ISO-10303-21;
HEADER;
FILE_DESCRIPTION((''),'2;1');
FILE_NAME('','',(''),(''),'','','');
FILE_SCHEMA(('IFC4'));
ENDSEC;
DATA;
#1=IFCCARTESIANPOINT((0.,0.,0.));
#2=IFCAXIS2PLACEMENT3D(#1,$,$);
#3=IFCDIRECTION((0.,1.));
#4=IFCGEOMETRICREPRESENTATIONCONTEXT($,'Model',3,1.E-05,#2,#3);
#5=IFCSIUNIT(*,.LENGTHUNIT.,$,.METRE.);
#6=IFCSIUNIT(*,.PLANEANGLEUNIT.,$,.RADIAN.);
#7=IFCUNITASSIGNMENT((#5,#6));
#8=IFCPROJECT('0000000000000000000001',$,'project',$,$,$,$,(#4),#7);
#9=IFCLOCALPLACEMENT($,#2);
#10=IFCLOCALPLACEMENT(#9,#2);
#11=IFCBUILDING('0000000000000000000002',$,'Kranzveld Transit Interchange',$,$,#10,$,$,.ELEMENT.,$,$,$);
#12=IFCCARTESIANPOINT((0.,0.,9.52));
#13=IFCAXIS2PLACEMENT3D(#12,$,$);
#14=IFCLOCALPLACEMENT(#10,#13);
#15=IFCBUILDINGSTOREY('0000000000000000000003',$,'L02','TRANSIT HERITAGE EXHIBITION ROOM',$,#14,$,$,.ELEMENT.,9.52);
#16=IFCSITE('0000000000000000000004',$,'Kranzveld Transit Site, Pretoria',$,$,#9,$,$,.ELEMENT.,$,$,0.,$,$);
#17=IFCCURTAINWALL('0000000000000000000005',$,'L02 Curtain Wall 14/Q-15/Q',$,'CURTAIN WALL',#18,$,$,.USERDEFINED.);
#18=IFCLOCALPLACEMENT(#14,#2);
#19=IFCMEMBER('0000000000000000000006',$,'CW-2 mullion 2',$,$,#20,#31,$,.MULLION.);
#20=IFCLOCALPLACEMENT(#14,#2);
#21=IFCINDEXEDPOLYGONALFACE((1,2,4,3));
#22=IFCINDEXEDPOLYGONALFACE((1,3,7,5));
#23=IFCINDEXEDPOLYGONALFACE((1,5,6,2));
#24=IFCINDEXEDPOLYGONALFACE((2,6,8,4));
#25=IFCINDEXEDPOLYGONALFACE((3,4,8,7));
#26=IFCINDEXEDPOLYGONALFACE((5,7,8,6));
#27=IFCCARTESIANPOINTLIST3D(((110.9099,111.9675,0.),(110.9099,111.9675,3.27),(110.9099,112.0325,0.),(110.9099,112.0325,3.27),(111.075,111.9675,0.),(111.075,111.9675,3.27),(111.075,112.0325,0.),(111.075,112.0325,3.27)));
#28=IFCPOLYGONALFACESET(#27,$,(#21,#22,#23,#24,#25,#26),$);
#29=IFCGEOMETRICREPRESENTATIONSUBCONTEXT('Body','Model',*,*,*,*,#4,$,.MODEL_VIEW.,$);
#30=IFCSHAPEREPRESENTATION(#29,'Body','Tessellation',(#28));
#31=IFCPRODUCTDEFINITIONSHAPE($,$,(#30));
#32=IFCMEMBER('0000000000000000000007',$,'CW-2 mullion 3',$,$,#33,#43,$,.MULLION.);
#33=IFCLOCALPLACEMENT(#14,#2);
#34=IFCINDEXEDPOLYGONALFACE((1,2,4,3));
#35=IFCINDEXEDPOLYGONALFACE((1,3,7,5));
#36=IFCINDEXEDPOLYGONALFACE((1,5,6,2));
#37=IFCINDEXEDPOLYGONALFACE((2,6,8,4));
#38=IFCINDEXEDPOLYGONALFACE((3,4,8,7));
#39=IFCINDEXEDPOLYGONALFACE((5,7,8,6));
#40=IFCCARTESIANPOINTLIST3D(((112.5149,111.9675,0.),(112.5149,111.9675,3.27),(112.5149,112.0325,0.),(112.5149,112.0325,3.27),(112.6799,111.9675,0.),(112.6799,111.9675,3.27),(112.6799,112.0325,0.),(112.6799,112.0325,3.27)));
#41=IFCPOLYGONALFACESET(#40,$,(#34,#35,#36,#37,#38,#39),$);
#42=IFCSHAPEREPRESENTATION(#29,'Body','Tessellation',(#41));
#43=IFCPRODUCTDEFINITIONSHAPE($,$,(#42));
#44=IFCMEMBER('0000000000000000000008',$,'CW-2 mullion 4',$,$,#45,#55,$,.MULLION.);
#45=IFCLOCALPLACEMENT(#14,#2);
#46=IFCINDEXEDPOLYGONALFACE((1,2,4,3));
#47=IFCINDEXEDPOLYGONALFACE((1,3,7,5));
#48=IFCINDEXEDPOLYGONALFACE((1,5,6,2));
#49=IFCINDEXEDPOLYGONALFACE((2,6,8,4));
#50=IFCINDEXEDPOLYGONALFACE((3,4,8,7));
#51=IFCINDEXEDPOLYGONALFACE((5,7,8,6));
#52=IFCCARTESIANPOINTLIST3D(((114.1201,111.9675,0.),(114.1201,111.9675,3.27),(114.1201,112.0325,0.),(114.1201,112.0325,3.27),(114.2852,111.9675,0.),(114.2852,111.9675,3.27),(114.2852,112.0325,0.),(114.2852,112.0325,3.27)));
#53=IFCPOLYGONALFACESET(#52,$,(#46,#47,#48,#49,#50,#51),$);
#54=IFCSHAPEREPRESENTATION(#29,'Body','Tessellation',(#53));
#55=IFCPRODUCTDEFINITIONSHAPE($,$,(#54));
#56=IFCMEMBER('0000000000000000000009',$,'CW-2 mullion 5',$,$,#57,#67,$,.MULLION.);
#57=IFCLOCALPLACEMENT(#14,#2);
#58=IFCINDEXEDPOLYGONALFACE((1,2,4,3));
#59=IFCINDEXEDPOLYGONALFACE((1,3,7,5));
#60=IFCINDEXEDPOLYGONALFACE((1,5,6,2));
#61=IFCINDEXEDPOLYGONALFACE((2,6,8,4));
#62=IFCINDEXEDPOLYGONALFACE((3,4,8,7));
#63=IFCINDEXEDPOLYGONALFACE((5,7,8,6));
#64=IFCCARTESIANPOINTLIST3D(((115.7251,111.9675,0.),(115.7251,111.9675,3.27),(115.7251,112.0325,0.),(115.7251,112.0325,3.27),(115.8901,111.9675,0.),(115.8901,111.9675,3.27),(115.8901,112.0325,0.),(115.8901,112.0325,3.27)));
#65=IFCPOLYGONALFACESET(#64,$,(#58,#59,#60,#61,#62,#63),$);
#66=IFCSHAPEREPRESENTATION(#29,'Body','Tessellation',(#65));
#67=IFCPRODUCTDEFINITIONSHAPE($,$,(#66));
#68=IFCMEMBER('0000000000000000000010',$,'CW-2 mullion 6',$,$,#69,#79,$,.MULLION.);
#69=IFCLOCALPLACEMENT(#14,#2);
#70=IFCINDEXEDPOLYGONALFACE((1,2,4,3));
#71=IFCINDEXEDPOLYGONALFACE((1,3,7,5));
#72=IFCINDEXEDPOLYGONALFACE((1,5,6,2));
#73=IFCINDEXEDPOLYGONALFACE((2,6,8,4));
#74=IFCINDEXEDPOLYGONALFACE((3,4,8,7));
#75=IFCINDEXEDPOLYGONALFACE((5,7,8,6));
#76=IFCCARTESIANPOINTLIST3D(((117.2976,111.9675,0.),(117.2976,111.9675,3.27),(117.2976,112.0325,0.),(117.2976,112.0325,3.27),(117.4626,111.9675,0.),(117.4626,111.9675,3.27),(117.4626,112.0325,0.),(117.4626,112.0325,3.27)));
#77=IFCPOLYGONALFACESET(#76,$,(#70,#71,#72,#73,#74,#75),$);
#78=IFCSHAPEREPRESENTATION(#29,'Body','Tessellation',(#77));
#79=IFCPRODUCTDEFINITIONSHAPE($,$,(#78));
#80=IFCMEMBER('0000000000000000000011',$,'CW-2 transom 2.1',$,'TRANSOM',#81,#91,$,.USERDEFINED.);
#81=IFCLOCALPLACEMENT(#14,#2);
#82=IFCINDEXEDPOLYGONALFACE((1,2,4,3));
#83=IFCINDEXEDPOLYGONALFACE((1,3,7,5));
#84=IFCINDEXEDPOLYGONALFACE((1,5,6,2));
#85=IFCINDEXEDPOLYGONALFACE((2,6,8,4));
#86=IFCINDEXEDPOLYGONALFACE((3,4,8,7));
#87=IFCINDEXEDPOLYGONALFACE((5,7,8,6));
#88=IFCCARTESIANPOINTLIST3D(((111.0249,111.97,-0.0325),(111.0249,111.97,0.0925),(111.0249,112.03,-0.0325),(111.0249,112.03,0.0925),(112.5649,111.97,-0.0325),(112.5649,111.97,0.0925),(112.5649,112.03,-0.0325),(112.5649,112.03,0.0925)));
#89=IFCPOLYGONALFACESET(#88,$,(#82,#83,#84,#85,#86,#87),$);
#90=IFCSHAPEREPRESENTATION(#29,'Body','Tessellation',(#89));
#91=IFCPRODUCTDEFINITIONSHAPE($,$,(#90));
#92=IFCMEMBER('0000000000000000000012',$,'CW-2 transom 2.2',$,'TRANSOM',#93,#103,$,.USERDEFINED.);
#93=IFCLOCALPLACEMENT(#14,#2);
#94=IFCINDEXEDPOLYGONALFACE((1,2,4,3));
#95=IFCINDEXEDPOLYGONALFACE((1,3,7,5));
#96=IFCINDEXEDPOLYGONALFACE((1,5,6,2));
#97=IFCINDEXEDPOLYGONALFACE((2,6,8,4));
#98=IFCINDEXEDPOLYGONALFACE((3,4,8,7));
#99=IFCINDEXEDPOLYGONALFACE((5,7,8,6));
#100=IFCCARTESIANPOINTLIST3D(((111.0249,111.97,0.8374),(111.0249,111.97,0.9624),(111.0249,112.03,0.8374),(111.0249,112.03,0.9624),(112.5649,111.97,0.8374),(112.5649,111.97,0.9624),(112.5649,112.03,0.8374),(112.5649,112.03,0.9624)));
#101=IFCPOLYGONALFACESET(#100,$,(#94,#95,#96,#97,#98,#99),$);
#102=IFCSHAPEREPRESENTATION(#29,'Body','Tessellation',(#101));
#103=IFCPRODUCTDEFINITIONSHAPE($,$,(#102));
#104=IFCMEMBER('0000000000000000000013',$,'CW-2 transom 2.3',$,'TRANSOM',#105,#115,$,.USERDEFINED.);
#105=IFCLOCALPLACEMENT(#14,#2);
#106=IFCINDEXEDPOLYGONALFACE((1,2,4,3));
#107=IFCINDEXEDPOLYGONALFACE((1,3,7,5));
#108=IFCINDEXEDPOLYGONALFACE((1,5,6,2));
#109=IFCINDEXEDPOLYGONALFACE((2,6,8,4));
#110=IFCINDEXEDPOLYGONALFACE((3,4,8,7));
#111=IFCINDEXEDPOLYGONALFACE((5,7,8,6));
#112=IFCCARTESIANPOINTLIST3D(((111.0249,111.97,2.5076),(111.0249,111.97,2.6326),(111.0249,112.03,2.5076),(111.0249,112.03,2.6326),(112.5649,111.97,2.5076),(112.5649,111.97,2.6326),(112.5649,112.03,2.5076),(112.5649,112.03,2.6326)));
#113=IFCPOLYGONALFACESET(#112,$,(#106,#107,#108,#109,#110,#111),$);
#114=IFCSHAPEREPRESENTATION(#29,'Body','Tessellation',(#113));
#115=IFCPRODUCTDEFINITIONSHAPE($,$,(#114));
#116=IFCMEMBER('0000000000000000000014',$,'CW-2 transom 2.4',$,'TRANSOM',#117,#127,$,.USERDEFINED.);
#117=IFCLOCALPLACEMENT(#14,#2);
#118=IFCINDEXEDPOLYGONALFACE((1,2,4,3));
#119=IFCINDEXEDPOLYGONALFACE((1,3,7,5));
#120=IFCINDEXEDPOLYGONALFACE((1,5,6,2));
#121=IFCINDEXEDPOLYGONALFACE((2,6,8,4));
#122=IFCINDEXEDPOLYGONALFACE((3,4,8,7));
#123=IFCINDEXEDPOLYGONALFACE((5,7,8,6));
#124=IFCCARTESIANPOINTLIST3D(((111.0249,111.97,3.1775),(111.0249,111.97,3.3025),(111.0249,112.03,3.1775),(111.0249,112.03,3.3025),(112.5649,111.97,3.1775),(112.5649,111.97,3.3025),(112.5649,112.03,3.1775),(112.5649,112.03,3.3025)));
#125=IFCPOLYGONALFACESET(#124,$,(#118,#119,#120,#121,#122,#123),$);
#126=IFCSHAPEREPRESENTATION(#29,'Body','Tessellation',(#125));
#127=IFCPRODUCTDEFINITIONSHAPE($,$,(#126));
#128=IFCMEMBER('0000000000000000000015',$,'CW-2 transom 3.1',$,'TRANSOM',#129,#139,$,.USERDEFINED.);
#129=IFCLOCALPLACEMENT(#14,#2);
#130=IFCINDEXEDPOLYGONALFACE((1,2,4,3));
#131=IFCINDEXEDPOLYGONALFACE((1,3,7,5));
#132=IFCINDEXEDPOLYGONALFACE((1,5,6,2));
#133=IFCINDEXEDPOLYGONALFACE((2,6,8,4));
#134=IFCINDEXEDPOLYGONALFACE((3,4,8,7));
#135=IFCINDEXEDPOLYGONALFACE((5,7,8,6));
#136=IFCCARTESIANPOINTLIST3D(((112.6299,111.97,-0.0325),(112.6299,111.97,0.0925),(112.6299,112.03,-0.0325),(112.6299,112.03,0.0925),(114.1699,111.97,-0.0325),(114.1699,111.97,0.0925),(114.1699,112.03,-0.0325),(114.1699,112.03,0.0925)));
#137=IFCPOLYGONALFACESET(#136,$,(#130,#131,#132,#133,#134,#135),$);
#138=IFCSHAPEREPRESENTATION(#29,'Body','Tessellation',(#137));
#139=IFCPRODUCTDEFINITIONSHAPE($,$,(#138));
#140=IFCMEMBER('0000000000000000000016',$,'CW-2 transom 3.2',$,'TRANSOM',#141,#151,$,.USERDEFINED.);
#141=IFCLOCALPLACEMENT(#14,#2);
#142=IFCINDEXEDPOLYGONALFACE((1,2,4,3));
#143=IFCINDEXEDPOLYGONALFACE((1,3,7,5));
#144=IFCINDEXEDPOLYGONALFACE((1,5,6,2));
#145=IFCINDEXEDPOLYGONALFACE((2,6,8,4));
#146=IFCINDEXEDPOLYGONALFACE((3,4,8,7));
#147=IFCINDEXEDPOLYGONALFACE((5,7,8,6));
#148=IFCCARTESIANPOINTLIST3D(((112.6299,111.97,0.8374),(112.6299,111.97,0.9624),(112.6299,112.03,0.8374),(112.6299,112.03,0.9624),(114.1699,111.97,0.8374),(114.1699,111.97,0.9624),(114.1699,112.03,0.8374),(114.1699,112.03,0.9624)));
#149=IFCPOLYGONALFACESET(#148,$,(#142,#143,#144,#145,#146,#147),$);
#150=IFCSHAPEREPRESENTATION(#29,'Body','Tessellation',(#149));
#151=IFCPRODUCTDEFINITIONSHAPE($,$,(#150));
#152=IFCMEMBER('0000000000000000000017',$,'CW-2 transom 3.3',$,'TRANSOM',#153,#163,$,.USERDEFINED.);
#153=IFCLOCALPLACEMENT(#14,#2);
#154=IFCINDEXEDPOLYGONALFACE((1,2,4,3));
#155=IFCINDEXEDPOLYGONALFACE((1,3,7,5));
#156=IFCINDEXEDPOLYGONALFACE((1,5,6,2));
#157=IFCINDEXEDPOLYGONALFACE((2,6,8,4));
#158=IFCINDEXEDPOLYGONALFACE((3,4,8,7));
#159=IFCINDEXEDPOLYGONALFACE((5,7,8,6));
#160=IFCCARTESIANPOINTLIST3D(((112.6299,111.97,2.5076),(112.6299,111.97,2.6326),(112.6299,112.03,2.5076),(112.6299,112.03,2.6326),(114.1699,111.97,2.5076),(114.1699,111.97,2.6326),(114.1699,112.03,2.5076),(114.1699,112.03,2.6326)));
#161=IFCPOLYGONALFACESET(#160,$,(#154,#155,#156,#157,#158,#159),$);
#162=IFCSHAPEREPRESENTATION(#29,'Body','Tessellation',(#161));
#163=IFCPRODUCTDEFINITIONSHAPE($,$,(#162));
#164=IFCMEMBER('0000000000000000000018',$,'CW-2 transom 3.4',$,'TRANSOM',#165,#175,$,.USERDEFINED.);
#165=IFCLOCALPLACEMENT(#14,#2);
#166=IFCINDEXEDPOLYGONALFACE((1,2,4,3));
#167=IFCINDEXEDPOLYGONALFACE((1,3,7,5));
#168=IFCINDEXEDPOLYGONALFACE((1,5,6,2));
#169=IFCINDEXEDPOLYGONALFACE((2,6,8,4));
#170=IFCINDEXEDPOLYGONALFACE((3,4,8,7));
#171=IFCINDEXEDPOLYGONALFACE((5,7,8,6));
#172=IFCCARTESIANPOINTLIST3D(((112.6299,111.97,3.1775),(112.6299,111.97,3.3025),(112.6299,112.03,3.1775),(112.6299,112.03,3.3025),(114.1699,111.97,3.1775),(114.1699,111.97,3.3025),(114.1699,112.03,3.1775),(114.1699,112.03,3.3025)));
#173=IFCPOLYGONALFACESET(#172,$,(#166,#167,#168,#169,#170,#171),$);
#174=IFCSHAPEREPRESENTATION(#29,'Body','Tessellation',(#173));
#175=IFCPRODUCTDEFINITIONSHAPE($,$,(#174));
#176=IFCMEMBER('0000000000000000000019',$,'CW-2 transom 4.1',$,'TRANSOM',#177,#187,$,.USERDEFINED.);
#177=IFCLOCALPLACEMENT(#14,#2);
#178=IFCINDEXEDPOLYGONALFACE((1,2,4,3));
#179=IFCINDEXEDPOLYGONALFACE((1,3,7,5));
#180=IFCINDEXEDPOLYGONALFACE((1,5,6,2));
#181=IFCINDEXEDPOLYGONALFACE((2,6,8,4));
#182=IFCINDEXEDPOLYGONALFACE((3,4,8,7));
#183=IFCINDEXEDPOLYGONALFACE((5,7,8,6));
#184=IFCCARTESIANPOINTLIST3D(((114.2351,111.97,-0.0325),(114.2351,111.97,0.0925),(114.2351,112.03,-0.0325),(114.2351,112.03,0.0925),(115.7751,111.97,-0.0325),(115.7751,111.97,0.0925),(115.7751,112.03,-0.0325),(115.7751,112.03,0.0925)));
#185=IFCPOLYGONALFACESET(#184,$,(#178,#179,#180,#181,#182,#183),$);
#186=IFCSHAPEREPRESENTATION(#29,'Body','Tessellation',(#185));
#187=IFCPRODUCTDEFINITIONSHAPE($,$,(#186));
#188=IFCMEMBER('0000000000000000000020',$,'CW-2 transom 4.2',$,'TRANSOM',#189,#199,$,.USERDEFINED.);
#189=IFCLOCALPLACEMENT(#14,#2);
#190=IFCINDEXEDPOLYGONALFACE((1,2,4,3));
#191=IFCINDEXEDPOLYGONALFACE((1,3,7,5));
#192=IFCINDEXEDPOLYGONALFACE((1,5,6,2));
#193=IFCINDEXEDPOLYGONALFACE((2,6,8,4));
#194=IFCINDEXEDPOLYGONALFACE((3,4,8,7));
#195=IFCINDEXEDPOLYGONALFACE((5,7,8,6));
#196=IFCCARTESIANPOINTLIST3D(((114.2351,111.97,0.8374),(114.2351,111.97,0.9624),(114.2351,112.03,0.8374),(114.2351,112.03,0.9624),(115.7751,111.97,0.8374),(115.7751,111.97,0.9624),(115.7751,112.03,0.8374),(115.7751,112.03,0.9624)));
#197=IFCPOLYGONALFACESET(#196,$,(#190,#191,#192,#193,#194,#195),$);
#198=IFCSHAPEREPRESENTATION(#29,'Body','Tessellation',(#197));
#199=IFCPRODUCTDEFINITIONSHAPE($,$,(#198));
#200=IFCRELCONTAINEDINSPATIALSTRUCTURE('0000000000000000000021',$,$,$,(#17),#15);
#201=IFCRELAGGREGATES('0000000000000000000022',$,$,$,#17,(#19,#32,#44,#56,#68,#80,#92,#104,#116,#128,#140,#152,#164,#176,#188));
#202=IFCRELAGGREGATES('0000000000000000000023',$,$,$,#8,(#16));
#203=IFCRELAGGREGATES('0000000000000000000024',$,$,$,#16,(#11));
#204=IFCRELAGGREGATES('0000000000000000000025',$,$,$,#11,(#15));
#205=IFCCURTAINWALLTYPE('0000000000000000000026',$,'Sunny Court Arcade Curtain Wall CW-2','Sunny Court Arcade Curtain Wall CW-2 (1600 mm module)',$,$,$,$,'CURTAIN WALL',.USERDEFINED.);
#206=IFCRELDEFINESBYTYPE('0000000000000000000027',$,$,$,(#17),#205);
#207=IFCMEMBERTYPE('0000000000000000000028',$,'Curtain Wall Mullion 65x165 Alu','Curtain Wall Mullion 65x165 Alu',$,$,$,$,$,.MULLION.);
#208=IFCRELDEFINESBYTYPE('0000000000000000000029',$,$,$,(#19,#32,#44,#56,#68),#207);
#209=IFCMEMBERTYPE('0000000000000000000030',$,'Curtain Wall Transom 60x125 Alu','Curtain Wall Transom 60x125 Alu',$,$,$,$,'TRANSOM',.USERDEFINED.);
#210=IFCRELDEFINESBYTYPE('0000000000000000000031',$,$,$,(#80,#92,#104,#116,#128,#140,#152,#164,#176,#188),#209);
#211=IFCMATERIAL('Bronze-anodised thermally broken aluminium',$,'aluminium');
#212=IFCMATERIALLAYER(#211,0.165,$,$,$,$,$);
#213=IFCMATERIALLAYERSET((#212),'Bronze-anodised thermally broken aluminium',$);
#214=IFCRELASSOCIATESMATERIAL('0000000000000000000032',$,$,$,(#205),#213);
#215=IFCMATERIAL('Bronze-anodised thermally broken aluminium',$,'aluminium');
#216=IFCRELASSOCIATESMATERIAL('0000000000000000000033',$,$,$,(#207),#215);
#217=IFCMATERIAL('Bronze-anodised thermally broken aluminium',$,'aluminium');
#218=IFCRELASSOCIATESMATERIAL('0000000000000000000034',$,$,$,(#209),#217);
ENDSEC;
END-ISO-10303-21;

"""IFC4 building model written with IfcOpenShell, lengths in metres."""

from ifc_helpers import new_model, si_unit, direction, frame, origin, origin_2d, place, context, subcontext, project, spatial, rectangle, extrude, material, layer, layer_set, material_profile, profile_set, type_object, element, aggregate, save


model = new_model("IFC4")

# Units and contexts
model_context = context("Model", 3, precision=1e-05, world=origin(), true_north=direction((0.0, 1.0)))
body_context = subcontext(model_context, "Body", "Model", "MODEL_VIEW")
ifc_project = project(units=[si_unit("LENGTHUNIT", "METRE"), si_unit("PLANEANGLEUNIT", "RADIAN")], contexts=[model_context])

# Site, building, storey
site_placement = place(None, origin())
site = spatial("IfcSite", under=ifc_project, at=site_placement, Name="Kranzveld Transit Site, Pretoria", CompositionType="ELEMENT", RefElevation=0.0)
building_placement = place(site_placement, origin())
building = spatial("IfcBuilding", under=site, at=building_placement, Name="Kranzveld Transit Interchange", CompositionType="ELEMENT")
storey_placement = place(building_placement, frame((0.0, 0.0, 9.52)))
storey = spatial("IfcBuildingStorey", under=building, at=storey_placement, Name="L02", Description="TRANSIT HERITAGE EXHIBITION ROOM", CompositionType="ELEMENT", Elevation=9.52)

# Curtain wall, members
ifc_material_1 = material(Name="Bronze-anodised thermally broken aluminium", Category="aluminium")
ifc_layer_1 = layer(ifc_material_1, 0.165)
ifc_layer_set_1 = layer_set([ifc_layer_1], Name="Bronze-anodised thermally broken aluminium")
curtain_wall_type = type_object("IfcCurtainWallType", Name="Sunny Court Arcade Curtain Wall CW-2", Description="Sunny Court Arcade Curtain Wall CW-2 (1600 mm module)", ElementType="CURTAIN WALL", PredefinedType="USERDEFINED", material=ifc_layer_set_1)
curtain_wall_placement = place(storey_placement, origin())
curtain_wall = element("IfcCurtainWall", 1, at=curtain_wall_placement, inside=storey, type_object=curtain_wall_type, Name="L02 Curtain Wall 14/Q-15/Q", ObjectType="CURTAIN WALL", PredefinedType="USERDEFINED")
ifc_material_2 = material(Name="Bronze-anodised thermally broken aluminium", Category="aluminium")
ifc_material_profile_1 = material_profile(ifc_material_2, rectangle(XDim=0.0649, YDim=0.165, at=origin_2d()), Name="ALU MULLION 65x165")
ifc_profile_set_1 = profile_set([ifc_material_profile_1], Name="Bronze-anodised thermally broken aluminium")
member_type_1 = type_object("IfcMemberType", Name="Curtain Wall Mullion 65x165 Alu", Description="Curtain Wall Mullion 65x165 Alu", PredefinedType="MULLION", material=ifc_profile_set_1)
member_1_placement = place(storey_placement, frame((110.9924, 112.0, 0.0), z_axis=(0.0, 0.0, 1.0), x_axis=(0.0, 1.0, 0.0)))
member_1 = element("IfcMember", 2, at=member_1_placement, type_object=member_type_1, Name="CW-2 mullion 2", PredefinedType="MULLION", context=body_context, shape_type="SweptSolid", body=[
    extrude(rectangle(XDim=0.0649, YDim=0.165, at=origin_2d()), origin(), (0.0, 0.0, 1.0), 3.27),
])
member_2_placement = place(storey_placement, frame((112.5974, 112.0, 0.0), z_axis=(0.0, 0.0, 1.0), x_axis=(0.0, 1.0, 0.0)))
member_2 = element("IfcMember", 3, at=member_2_placement, type_object=member_type_1, Name="CW-2 mullion 3", PredefinedType="MULLION", context=body_context, shape_type="SweptSolid", body=[
    extrude(rectangle(XDim=0.0649, YDim=0.165, at=origin_2d()), origin(), (0.0, 0.0, 1.0), 3.27),
])
member_3_placement = place(storey_placement, frame((114.2026, 112.0, 0.0), z_axis=(0.0, 0.0, 1.0), x_axis=(0.0, 1.0, 0.0)))
member_3 = element("IfcMember", 4, at=member_3_placement, type_object=member_type_1, Name="CW-2 mullion 4", PredefinedType="MULLION", context=body_context, shape_type="SweptSolid", body=[
    extrude(rectangle(XDim=0.0649, YDim=0.165, at=origin_2d()), origin(), (0.0, 0.0, 1.0), 3.27),
])
member_4_placement = place(storey_placement, frame((115.8076, 112.0, 0.0), z_axis=(0.0, 0.0, 1.0), x_axis=(0.0, 1.0, 0.0)))
member_4 = element("IfcMember", 5, at=member_4_placement, type_object=member_type_1, Name="CW-2 mullion 5", PredefinedType="MULLION", context=body_context, shape_type="SweptSolid", body=[
    extrude(rectangle(XDim=0.0649, YDim=0.165, at=origin_2d()), origin(), (0.0, 0.0, 1.0), 3.27),
])
member_5_placement = place(storey_placement, frame((117.3801, 112.0, 0.0), z_axis=(0.0, 0.0, 1.0), x_axis=(0.0, 1.0, 0.0)))
member_5 = element("IfcMember", 6, at=member_5_placement, type_object=member_type_1, Name="CW-2 mullion 6", PredefinedType="MULLION", context=body_context, shape_type="SweptSolid", body=[
    extrude(rectangle(XDim=0.0649, YDim=0.165, at=origin_2d()), origin(), (0.0, 0.0, 1.0), 3.27),
])
ifc_material_3 = material(Name="Bronze-anodised thermally broken aluminium", Category="aluminium")
ifc_material_profile_2 = material_profile(ifc_material_3, rectangle(XDim=0.0601, YDim=0.125, at=origin_2d()), Name="ALU TRANSOM 60x125")
ifc_profile_set_2 = profile_set([ifc_material_profile_2], Name="Bronze-anodised thermally broken aluminium")
member_type_2 = type_object("IfcMemberType", Name="Curtain Wall Transom 60x125 Alu", Description="Curtain Wall Transom 60x125 Alu", ElementType="TRANSOM", PredefinedType="USERDEFINED", material=ifc_profile_set_2)
member_6_placement = place(storey_placement, frame((111.0249, 112.0, 0.03), z_axis=(1.0, 0.0, 0.0), x_axis=(0.0, 1.0, 0.0)))
member_6 = element("IfcMember", 7, at=member_6_placement, type_object=member_type_2, Name="CW-2 transom 2.1", ObjectType="TRANSOM", PredefinedType="USERDEFINED", context=body_context, shape_type="SweptSolid", body=[
    extrude(rectangle(XDim=0.0601, YDim=0.125, at=origin_2d()), origin(), (0.0, 0.0, 1.0), 1.54),
])
member_7_placement = place(storey_placement, frame((111.0249, 112.0, 0.8999), z_axis=(1.0, 0.0, 0.0), x_axis=(0.0, 1.0, 0.0)))
member_7 = element("IfcMember", 8, at=member_7_placement, type_object=member_type_2, Name="CW-2 transom 2.2", ObjectType="TRANSOM", PredefinedType="USERDEFINED", context=body_context, shape_type="SweptSolid", body=[
    extrude(rectangle(XDim=0.0601, YDim=0.125, at=origin_2d()), origin(), (0.0, 0.0, 1.0), 1.54),
])
member_8_placement = place(storey_placement, frame((111.0249, 112.0, 2.5701), z_axis=(1.0, 0.0, 0.0), x_axis=(0.0, 1.0, 0.0)))
member_8 = element("IfcMember", 9, at=member_8_placement, type_object=member_type_2, Name="CW-2 transom 2.3", ObjectType="TRANSOM", PredefinedType="USERDEFINED", context=body_context, shape_type="SweptSolid", body=[
    extrude(rectangle(XDim=0.0601, YDim=0.125, at=origin_2d()), origin(), (0.0, 0.0, 1.0), 1.54),
])
member_9_placement = place(storey_placement, frame((111.0249, 112.0, 3.24), z_axis=(1.0, 0.0, 0.0), x_axis=(0.0, 1.0, 0.0)))
member_9 = element("IfcMember", 10, at=member_9_placement, type_object=member_type_2, Name="CW-2 transom 2.4", ObjectType="TRANSOM", PredefinedType="USERDEFINED", context=body_context, shape_type="SweptSolid", body=[
    extrude(rectangle(XDim=0.0601, YDim=0.125, at=origin_2d()), origin(), (0.0, 0.0, 1.0), 1.54),
])
member_10_placement = place(storey_placement, frame((112.6299, 112.0, 0.03), z_axis=(1.0, 0.0, 0.0), x_axis=(0.0, 1.0, 0.0)))
member_10 = element("IfcMember", 11, at=member_10_placement, type_object=member_type_2, Name="CW-2 transom 3.1", ObjectType="TRANSOM", PredefinedType="USERDEFINED", context=body_context, shape_type="SweptSolid", body=[
    extrude(rectangle(XDim=0.0601, YDim=0.125, at=origin_2d()), origin(), (0.0, 0.0, 1.0), 1.54),
])
member_11_placement = place(storey_placement, frame((112.6299, 112.0, 0.8999), z_axis=(1.0, 0.0, 0.0), x_axis=(0.0, 1.0, 0.0)))
member_11 = element("IfcMember", 12, at=member_11_placement, type_object=member_type_2, Name="CW-2 transom 3.2", ObjectType="TRANSOM", PredefinedType="USERDEFINED", context=body_context, shape_type="SweptSolid", body=[
    extrude(rectangle(XDim=0.0601, YDim=0.125, at=origin_2d()), origin(), (0.0, 0.0, 1.0), 1.54),
])
member_12_placement = place(storey_placement, frame((112.6299, 112.0, 2.5701), z_axis=(1.0, 0.0, 0.0), x_axis=(0.0, 1.0, 0.0)))
member_12 = element("IfcMember", 13, at=member_12_placement, type_object=member_type_2, Name="CW-2 transom 3.3", ObjectType="TRANSOM", PredefinedType="USERDEFINED", context=body_context, shape_type="SweptSolid", body=[
    extrude(rectangle(XDim=0.0601, YDim=0.125, at=origin_2d()), origin(), (0.0, 0.0, 1.0), 1.54),
])
member_13_placement = place(storey_placement, frame((112.6299, 112.0, 3.24), z_axis=(1.0, 0.0, 0.0), x_axis=(0.0, 1.0, 0.0)))
member_13 = element("IfcMember", 14, at=member_13_placement, type_object=member_type_2, Name="CW-2 transom 3.4", ObjectType="TRANSOM", PredefinedType="USERDEFINED", context=body_context, shape_type="SweptSolid", body=[
    extrude(rectangle(XDim=0.0601, YDim=0.125, at=origin_2d()), origin(), (0.0, 0.0, 1.0), 1.54),
])
member_14_placement = place(storey_placement, frame((114.2351, 112.0, 0.03), z_axis=(1.0, 0.0, 0.0), x_axis=(0.0, 1.0, 0.0)))
member_14 = element("IfcMember", 15, at=member_14_placement, type_object=member_type_2, Name="CW-2 transom 4.1", ObjectType="TRANSOM", PredefinedType="USERDEFINED", context=body_context, shape_type="SweptSolid", body=[
    extrude(rectangle(XDim=0.0601, YDim=0.125, at=origin_2d()), origin(), (0.0, 0.0, 1.0), 1.54),
])
member_15_placement = place(storey_placement, frame((114.2351, 112.0, 0.8999), z_axis=(1.0, 0.0, 0.0), x_axis=(0.0, 1.0, 0.0)))
member_15 = element("IfcMember", 16, at=member_15_placement, type_object=member_type_2, Name="CW-2 transom 4.2", ObjectType="TRANSOM", PredefinedType="USERDEFINED", context=body_context, shape_type="SweptSolid", body=[
    extrude(rectangle(XDim=0.0601, YDim=0.125, at=origin_2d()), origin(), (0.0, 0.0, 1.0), 1.54),
])
aggregate(curtain_wall, [member_1, member_2, member_3, member_4, member_5, member_6, member_7, member_8, member_9, member_10, member_11, member_12, member_13, member_14, member_15])

save(model, "model.ifc")
